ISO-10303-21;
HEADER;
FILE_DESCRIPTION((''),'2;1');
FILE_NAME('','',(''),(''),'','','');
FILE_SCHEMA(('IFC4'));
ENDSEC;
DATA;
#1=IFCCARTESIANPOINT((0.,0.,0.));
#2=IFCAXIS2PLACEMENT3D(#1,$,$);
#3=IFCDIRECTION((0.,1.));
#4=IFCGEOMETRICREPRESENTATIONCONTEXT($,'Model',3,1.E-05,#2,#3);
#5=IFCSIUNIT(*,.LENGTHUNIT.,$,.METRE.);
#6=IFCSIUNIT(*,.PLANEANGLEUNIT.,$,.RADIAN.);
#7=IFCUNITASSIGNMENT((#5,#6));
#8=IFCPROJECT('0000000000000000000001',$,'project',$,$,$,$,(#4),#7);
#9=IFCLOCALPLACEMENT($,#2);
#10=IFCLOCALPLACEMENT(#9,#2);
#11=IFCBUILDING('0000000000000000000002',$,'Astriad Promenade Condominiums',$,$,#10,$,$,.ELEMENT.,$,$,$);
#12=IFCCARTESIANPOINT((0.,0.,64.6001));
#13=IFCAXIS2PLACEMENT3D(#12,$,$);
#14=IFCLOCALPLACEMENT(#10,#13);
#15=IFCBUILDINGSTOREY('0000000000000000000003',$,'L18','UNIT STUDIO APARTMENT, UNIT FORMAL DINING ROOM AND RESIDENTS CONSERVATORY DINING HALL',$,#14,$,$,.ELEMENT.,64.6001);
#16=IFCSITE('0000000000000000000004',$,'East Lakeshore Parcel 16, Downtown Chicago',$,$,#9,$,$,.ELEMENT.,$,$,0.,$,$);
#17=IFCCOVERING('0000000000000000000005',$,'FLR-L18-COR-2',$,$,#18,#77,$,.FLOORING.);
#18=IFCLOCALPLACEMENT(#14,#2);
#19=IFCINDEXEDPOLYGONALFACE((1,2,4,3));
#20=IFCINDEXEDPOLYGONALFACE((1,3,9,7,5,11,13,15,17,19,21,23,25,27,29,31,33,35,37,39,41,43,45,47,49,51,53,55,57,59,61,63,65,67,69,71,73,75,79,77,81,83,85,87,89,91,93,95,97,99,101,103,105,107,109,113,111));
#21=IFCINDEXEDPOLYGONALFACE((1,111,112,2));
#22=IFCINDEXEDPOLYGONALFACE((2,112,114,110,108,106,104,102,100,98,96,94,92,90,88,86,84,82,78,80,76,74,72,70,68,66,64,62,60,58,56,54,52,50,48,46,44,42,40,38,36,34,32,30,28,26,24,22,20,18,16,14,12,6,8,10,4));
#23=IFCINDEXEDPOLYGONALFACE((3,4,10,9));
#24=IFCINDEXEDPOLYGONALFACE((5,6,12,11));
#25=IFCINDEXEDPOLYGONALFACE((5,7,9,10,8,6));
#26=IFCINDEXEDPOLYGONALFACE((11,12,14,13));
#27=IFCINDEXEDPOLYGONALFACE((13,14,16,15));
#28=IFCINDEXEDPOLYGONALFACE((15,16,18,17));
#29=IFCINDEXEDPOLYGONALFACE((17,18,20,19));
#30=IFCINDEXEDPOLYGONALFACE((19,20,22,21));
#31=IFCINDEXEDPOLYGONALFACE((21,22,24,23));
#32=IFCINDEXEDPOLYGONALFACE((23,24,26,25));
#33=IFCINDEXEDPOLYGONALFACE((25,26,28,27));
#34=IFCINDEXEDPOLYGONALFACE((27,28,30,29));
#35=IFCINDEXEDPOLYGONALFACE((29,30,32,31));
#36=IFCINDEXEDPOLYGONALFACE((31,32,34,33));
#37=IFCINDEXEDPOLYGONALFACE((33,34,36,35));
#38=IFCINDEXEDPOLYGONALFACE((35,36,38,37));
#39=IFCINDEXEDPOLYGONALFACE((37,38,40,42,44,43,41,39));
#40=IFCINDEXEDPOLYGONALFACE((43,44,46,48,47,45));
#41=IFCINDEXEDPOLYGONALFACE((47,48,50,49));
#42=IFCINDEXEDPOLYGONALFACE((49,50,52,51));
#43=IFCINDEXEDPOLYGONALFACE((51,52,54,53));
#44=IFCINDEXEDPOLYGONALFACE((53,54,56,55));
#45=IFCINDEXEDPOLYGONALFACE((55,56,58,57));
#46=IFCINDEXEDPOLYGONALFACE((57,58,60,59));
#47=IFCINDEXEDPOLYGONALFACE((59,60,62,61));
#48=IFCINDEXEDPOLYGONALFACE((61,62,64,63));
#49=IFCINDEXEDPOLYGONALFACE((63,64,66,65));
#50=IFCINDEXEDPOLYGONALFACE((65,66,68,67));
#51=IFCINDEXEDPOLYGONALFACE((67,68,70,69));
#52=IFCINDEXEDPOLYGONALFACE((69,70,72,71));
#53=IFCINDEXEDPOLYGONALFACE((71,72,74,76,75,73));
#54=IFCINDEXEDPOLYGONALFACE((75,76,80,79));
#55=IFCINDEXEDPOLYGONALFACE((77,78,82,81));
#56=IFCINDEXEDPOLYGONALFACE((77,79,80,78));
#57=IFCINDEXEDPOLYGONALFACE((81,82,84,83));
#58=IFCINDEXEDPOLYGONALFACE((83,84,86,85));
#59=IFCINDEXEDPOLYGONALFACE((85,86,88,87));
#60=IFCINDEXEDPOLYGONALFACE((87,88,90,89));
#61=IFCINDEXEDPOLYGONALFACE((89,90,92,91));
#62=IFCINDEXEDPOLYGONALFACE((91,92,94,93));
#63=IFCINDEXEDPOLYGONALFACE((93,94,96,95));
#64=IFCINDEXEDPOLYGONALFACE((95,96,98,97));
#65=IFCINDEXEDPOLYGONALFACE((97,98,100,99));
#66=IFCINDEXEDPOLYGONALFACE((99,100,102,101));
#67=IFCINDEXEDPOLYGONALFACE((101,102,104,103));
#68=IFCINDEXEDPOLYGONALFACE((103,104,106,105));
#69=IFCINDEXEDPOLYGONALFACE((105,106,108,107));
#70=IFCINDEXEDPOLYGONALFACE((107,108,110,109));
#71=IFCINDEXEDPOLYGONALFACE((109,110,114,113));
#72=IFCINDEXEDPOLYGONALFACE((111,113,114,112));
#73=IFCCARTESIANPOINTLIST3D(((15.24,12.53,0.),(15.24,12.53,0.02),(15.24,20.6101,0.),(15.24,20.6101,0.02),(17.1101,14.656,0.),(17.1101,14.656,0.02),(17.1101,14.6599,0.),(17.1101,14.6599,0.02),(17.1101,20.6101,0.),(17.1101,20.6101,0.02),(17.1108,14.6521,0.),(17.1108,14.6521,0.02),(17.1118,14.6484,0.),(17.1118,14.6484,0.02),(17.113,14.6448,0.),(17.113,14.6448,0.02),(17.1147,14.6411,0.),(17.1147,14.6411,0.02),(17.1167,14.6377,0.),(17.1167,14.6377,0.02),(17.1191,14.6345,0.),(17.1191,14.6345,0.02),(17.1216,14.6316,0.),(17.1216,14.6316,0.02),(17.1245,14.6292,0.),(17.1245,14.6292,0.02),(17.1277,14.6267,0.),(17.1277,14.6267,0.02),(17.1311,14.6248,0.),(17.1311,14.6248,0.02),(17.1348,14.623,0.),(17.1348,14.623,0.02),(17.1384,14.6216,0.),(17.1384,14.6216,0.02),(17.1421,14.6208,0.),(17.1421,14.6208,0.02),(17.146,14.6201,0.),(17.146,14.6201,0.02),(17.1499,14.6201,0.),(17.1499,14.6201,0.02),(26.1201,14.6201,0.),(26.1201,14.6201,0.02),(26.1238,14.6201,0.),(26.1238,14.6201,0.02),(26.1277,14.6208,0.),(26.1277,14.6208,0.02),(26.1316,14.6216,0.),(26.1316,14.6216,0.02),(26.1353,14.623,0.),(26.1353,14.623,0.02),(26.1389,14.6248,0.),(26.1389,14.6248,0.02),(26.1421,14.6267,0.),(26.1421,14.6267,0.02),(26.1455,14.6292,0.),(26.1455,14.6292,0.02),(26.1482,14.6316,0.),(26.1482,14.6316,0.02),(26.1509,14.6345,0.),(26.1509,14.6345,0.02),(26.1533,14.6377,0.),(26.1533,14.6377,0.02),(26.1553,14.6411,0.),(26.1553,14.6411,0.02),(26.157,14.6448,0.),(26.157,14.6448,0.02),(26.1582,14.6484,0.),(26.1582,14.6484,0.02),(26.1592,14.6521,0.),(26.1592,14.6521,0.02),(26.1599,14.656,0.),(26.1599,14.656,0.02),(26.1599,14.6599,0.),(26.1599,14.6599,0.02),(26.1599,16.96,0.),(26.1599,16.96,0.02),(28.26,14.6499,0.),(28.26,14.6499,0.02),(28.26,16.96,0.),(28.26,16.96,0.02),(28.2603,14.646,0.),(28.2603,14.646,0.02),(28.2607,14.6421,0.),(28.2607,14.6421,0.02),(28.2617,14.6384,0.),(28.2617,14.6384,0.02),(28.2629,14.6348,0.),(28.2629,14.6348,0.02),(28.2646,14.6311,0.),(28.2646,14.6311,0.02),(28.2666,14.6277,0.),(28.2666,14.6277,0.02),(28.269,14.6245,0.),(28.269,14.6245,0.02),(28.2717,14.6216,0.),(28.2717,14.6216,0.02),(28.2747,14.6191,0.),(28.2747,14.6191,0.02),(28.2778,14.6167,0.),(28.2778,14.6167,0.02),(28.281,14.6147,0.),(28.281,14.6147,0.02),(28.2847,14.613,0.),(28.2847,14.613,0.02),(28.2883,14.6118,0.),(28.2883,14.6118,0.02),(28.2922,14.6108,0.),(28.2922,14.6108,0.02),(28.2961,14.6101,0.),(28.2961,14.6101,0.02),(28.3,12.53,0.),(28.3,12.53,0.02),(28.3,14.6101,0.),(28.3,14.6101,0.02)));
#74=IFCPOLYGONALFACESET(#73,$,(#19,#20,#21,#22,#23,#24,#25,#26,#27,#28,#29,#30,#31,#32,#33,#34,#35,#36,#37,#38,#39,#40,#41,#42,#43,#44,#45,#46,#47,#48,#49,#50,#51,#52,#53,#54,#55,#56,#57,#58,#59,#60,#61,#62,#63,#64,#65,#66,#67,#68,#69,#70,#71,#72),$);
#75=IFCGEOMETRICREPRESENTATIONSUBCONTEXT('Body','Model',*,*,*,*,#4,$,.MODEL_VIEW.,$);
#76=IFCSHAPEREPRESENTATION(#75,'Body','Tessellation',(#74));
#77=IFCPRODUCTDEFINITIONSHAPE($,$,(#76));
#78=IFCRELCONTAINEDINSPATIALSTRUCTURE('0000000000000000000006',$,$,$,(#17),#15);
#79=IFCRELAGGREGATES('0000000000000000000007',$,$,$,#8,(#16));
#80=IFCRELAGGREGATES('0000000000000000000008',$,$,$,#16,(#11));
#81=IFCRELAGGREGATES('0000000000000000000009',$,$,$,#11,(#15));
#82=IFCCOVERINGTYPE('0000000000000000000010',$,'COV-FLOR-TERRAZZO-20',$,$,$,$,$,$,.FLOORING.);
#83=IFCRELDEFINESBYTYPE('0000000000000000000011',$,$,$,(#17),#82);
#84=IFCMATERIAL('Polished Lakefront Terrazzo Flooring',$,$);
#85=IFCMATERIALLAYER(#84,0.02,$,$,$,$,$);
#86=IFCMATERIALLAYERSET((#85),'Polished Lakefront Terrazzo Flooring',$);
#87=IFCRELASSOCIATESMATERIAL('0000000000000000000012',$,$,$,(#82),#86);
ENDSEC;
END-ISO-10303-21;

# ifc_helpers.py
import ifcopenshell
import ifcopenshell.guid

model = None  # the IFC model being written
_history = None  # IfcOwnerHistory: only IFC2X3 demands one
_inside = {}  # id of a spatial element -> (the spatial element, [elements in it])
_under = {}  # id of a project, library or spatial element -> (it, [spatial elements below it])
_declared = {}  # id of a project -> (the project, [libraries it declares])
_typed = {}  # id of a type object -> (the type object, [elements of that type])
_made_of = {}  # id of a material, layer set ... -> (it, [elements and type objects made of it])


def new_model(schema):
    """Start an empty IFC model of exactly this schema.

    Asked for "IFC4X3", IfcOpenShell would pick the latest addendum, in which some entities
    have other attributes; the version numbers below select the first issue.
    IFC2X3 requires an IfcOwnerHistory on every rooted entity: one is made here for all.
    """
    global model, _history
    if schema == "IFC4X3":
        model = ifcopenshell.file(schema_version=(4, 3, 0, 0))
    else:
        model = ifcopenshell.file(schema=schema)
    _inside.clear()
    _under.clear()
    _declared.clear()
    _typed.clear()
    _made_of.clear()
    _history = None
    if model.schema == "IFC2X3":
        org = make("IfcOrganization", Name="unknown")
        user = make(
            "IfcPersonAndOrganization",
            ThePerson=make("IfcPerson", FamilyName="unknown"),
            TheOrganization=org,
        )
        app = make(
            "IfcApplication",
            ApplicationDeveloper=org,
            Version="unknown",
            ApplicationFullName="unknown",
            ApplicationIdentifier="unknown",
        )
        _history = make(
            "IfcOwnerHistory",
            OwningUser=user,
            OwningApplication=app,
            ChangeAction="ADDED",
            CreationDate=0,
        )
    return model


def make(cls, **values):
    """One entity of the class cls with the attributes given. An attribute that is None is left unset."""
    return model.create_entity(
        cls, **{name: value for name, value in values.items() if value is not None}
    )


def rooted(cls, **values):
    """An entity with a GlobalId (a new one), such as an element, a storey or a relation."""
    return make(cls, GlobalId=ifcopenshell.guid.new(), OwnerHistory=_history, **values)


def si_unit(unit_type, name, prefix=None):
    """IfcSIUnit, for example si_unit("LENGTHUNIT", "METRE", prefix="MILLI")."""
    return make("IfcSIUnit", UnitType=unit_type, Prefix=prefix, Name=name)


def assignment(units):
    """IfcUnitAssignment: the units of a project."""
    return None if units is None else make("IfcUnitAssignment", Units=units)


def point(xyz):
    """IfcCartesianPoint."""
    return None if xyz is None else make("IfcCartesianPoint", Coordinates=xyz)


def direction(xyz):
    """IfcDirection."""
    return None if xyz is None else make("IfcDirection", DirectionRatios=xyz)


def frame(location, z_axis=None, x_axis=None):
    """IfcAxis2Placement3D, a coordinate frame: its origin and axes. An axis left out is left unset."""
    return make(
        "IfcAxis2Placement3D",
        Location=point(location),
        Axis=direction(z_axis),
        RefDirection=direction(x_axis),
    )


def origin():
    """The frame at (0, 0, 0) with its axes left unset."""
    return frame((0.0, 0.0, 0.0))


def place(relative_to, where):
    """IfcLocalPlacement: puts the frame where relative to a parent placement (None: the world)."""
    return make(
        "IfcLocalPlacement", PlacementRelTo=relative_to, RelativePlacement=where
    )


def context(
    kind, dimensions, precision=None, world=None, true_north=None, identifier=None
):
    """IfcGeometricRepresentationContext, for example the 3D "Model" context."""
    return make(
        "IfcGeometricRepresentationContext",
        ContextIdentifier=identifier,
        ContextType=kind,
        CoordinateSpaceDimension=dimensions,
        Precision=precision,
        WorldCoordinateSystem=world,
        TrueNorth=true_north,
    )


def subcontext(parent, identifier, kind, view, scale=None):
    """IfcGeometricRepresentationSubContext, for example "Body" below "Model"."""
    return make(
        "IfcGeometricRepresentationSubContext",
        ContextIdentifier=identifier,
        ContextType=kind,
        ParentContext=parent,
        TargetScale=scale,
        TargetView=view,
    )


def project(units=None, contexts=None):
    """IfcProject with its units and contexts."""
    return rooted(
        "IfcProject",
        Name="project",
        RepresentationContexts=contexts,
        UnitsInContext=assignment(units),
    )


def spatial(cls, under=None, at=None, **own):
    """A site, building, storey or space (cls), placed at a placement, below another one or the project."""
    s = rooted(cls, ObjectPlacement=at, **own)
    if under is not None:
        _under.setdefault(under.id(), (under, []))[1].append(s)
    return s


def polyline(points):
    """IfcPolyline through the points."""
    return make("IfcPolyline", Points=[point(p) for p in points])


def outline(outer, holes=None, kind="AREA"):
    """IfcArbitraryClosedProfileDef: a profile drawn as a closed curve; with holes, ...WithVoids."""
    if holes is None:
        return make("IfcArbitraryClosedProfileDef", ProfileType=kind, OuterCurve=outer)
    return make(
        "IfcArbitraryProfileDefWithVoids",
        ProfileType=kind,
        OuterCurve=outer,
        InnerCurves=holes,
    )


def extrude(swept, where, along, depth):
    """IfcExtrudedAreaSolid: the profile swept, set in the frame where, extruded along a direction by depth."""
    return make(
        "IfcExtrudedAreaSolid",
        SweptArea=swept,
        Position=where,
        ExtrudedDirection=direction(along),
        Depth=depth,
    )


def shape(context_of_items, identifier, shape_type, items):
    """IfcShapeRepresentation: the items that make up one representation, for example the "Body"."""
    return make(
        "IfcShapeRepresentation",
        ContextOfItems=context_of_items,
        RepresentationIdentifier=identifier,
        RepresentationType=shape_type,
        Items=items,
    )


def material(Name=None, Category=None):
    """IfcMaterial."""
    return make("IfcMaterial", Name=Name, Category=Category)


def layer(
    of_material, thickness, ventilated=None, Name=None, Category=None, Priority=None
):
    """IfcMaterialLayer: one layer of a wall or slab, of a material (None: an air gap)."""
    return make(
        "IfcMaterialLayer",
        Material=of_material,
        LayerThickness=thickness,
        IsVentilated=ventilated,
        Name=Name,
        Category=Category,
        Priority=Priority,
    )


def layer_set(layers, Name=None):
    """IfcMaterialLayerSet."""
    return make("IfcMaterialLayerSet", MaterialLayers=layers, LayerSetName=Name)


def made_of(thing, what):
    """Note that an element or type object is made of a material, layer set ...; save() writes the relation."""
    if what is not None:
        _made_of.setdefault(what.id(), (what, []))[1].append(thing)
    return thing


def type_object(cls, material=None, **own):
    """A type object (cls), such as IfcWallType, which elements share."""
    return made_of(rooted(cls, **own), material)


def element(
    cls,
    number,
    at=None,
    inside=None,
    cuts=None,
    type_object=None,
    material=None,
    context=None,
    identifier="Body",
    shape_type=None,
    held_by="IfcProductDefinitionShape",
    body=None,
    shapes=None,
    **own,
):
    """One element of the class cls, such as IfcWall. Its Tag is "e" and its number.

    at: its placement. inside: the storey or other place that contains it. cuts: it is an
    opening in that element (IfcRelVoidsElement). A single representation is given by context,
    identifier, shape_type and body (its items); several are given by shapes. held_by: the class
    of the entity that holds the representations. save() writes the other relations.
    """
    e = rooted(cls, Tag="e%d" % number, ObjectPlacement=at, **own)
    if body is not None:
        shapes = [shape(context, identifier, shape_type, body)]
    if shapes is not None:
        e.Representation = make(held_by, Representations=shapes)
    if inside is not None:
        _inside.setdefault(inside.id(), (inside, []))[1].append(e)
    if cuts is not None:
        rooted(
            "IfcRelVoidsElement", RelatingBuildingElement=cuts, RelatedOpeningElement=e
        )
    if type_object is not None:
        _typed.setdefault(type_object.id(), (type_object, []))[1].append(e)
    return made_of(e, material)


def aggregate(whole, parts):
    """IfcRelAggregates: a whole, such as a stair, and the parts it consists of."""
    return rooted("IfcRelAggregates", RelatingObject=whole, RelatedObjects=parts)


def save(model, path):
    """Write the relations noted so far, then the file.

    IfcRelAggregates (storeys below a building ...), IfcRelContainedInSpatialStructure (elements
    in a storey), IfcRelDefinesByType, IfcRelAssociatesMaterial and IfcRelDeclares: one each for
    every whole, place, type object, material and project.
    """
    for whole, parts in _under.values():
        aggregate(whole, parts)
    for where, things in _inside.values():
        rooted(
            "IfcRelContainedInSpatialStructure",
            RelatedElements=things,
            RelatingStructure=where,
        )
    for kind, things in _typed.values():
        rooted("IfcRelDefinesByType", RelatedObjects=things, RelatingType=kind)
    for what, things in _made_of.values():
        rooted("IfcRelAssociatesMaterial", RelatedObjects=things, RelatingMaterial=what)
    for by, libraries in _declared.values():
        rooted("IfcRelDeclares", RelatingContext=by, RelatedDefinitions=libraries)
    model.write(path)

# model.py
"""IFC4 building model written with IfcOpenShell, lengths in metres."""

from ifc_helpers import new_model, si_unit, direction, frame, origin, place, context, subcontext, project, spatial, polyline, outline, extrude, material, layer, layer_set, type_object, element, save


model = new_model("IFC4")

# Units and contexts
model_context = context("Model", 3, precision=1e-05, world=origin(), true_north=direction((0.0, 1.0)))
body_context = subcontext(model_context, "Body", "Model", "MODEL_VIEW")
ifc_project = project(units=[si_unit("LENGTHUNIT", "METRE"), si_unit("PLANEANGLEUNIT", "RADIAN")], contexts=[model_context])

# Site, building, storey
site_placement = place(None, origin())
site = spatial("IfcSite", under=ifc_project, at=site_placement, Name="East Lakeshore Parcel 16, Downtown Chicago", CompositionType="ELEMENT", RefElevation=0.0)
building_placement = place(site_placement, origin())
building = spatial("IfcBuilding", under=site, at=building_placement, Name="Astriad Promenade Condominiums", CompositionType="ELEMENT")
storey_placement = place(building_placement, frame((0.0, 0.0, 64.6001)))
storey = spatial("IfcBuildingStorey", under=building, at=storey_placement, Name="L18", Description="UNIT STUDIO APARTMENT, UNIT FORMAL DINING ROOM AND RESIDENTS CONSERVATORY DINING HALL", CompositionType="ELEMENT", Elevation=64.6001)

# Covering
ifc_material_1 = material(Name="Polished Lakefront Terrazzo Flooring")
ifc_layer_1 = layer(ifc_material_1, 0.02)
ifc_layer_set_1 = layer_set([ifc_layer_1], Name="Polished Lakefront Terrazzo Flooring")
covering_type = type_object("IfcCoveringType", Name="COV-FLOR-TERRAZZO-20", PredefinedType="FLOORING", material=ifc_layer_set_1)
covering_1_placement = place(storey_placement, origin())
element("IfcCovering", 1, at=covering_1_placement, inside=storey, type_object=covering_type, Name="FLR-L18-COR-2", PredefinedType="FLOORING", context=body_context, shape_type="SweptSolid", body=[
    extrude(outline(polyline([(28.3, 12.53), (15.24, 12.53), (15.24, 20.6101), (17.1101, 20.6101), (17.1101, 14.6599), (17.1101, 14.656), (17.1108, 14.6521), (17.1118, 14.6484), (17.113, 14.6448), (17.1147, 14.6411), (17.1167, 14.6377), (17.1191, 14.6345), (17.1216, 14.6316), (17.1245, 14.6292), (17.1277, 14.6267), (17.1311, 14.6248), (17.1348, 14.623), (17.1384, 14.6216), (17.1421, 14.6208), (17.146, 14.6201), (17.1499, 14.6201), (26.1201, 14.6201), (26.1238, 14.6201), (26.1277, 14.6208), (26.1316, 14.6216), (26.1353, 14.623), (26.1389, 14.6248), (26.1421, 14.6267), (26.1455, 14.6292), (26.1482, 14.6316), (26.1509, 14.6345), (26.1533, 14.6377), (26.1553, 14.6411), (26.157, 14.6448), (26.1582, 14.6484), (26.1592, 14.6521), (26.1599, 14.656), (26.1599, 14.6599), (26.1599, 16.96), (28.26, 16.96), (28.26, 14.6499), (28.2603, 14.646), (28.2607, 14.6421), (28.2617, 14.6384), (28.2629, 14.6348), (28.2646, 14.6311), (28.2666, 14.6277), (28.269, 14.6245), (28.2717, 14.6216), (28.2747, 14.6191), (28.2778, 14.6167), (28.281, 14.6147), (28.2847, 14.613), (28.2883, 14.6118), (28.2922, 14.6108), (28.2961, 14.6101), (28.3, 14.6101), (28.3, 12.53)])), origin(), (0.0, 0.0, 1.0), 0.02),
])

save(model, "model.ifc")
